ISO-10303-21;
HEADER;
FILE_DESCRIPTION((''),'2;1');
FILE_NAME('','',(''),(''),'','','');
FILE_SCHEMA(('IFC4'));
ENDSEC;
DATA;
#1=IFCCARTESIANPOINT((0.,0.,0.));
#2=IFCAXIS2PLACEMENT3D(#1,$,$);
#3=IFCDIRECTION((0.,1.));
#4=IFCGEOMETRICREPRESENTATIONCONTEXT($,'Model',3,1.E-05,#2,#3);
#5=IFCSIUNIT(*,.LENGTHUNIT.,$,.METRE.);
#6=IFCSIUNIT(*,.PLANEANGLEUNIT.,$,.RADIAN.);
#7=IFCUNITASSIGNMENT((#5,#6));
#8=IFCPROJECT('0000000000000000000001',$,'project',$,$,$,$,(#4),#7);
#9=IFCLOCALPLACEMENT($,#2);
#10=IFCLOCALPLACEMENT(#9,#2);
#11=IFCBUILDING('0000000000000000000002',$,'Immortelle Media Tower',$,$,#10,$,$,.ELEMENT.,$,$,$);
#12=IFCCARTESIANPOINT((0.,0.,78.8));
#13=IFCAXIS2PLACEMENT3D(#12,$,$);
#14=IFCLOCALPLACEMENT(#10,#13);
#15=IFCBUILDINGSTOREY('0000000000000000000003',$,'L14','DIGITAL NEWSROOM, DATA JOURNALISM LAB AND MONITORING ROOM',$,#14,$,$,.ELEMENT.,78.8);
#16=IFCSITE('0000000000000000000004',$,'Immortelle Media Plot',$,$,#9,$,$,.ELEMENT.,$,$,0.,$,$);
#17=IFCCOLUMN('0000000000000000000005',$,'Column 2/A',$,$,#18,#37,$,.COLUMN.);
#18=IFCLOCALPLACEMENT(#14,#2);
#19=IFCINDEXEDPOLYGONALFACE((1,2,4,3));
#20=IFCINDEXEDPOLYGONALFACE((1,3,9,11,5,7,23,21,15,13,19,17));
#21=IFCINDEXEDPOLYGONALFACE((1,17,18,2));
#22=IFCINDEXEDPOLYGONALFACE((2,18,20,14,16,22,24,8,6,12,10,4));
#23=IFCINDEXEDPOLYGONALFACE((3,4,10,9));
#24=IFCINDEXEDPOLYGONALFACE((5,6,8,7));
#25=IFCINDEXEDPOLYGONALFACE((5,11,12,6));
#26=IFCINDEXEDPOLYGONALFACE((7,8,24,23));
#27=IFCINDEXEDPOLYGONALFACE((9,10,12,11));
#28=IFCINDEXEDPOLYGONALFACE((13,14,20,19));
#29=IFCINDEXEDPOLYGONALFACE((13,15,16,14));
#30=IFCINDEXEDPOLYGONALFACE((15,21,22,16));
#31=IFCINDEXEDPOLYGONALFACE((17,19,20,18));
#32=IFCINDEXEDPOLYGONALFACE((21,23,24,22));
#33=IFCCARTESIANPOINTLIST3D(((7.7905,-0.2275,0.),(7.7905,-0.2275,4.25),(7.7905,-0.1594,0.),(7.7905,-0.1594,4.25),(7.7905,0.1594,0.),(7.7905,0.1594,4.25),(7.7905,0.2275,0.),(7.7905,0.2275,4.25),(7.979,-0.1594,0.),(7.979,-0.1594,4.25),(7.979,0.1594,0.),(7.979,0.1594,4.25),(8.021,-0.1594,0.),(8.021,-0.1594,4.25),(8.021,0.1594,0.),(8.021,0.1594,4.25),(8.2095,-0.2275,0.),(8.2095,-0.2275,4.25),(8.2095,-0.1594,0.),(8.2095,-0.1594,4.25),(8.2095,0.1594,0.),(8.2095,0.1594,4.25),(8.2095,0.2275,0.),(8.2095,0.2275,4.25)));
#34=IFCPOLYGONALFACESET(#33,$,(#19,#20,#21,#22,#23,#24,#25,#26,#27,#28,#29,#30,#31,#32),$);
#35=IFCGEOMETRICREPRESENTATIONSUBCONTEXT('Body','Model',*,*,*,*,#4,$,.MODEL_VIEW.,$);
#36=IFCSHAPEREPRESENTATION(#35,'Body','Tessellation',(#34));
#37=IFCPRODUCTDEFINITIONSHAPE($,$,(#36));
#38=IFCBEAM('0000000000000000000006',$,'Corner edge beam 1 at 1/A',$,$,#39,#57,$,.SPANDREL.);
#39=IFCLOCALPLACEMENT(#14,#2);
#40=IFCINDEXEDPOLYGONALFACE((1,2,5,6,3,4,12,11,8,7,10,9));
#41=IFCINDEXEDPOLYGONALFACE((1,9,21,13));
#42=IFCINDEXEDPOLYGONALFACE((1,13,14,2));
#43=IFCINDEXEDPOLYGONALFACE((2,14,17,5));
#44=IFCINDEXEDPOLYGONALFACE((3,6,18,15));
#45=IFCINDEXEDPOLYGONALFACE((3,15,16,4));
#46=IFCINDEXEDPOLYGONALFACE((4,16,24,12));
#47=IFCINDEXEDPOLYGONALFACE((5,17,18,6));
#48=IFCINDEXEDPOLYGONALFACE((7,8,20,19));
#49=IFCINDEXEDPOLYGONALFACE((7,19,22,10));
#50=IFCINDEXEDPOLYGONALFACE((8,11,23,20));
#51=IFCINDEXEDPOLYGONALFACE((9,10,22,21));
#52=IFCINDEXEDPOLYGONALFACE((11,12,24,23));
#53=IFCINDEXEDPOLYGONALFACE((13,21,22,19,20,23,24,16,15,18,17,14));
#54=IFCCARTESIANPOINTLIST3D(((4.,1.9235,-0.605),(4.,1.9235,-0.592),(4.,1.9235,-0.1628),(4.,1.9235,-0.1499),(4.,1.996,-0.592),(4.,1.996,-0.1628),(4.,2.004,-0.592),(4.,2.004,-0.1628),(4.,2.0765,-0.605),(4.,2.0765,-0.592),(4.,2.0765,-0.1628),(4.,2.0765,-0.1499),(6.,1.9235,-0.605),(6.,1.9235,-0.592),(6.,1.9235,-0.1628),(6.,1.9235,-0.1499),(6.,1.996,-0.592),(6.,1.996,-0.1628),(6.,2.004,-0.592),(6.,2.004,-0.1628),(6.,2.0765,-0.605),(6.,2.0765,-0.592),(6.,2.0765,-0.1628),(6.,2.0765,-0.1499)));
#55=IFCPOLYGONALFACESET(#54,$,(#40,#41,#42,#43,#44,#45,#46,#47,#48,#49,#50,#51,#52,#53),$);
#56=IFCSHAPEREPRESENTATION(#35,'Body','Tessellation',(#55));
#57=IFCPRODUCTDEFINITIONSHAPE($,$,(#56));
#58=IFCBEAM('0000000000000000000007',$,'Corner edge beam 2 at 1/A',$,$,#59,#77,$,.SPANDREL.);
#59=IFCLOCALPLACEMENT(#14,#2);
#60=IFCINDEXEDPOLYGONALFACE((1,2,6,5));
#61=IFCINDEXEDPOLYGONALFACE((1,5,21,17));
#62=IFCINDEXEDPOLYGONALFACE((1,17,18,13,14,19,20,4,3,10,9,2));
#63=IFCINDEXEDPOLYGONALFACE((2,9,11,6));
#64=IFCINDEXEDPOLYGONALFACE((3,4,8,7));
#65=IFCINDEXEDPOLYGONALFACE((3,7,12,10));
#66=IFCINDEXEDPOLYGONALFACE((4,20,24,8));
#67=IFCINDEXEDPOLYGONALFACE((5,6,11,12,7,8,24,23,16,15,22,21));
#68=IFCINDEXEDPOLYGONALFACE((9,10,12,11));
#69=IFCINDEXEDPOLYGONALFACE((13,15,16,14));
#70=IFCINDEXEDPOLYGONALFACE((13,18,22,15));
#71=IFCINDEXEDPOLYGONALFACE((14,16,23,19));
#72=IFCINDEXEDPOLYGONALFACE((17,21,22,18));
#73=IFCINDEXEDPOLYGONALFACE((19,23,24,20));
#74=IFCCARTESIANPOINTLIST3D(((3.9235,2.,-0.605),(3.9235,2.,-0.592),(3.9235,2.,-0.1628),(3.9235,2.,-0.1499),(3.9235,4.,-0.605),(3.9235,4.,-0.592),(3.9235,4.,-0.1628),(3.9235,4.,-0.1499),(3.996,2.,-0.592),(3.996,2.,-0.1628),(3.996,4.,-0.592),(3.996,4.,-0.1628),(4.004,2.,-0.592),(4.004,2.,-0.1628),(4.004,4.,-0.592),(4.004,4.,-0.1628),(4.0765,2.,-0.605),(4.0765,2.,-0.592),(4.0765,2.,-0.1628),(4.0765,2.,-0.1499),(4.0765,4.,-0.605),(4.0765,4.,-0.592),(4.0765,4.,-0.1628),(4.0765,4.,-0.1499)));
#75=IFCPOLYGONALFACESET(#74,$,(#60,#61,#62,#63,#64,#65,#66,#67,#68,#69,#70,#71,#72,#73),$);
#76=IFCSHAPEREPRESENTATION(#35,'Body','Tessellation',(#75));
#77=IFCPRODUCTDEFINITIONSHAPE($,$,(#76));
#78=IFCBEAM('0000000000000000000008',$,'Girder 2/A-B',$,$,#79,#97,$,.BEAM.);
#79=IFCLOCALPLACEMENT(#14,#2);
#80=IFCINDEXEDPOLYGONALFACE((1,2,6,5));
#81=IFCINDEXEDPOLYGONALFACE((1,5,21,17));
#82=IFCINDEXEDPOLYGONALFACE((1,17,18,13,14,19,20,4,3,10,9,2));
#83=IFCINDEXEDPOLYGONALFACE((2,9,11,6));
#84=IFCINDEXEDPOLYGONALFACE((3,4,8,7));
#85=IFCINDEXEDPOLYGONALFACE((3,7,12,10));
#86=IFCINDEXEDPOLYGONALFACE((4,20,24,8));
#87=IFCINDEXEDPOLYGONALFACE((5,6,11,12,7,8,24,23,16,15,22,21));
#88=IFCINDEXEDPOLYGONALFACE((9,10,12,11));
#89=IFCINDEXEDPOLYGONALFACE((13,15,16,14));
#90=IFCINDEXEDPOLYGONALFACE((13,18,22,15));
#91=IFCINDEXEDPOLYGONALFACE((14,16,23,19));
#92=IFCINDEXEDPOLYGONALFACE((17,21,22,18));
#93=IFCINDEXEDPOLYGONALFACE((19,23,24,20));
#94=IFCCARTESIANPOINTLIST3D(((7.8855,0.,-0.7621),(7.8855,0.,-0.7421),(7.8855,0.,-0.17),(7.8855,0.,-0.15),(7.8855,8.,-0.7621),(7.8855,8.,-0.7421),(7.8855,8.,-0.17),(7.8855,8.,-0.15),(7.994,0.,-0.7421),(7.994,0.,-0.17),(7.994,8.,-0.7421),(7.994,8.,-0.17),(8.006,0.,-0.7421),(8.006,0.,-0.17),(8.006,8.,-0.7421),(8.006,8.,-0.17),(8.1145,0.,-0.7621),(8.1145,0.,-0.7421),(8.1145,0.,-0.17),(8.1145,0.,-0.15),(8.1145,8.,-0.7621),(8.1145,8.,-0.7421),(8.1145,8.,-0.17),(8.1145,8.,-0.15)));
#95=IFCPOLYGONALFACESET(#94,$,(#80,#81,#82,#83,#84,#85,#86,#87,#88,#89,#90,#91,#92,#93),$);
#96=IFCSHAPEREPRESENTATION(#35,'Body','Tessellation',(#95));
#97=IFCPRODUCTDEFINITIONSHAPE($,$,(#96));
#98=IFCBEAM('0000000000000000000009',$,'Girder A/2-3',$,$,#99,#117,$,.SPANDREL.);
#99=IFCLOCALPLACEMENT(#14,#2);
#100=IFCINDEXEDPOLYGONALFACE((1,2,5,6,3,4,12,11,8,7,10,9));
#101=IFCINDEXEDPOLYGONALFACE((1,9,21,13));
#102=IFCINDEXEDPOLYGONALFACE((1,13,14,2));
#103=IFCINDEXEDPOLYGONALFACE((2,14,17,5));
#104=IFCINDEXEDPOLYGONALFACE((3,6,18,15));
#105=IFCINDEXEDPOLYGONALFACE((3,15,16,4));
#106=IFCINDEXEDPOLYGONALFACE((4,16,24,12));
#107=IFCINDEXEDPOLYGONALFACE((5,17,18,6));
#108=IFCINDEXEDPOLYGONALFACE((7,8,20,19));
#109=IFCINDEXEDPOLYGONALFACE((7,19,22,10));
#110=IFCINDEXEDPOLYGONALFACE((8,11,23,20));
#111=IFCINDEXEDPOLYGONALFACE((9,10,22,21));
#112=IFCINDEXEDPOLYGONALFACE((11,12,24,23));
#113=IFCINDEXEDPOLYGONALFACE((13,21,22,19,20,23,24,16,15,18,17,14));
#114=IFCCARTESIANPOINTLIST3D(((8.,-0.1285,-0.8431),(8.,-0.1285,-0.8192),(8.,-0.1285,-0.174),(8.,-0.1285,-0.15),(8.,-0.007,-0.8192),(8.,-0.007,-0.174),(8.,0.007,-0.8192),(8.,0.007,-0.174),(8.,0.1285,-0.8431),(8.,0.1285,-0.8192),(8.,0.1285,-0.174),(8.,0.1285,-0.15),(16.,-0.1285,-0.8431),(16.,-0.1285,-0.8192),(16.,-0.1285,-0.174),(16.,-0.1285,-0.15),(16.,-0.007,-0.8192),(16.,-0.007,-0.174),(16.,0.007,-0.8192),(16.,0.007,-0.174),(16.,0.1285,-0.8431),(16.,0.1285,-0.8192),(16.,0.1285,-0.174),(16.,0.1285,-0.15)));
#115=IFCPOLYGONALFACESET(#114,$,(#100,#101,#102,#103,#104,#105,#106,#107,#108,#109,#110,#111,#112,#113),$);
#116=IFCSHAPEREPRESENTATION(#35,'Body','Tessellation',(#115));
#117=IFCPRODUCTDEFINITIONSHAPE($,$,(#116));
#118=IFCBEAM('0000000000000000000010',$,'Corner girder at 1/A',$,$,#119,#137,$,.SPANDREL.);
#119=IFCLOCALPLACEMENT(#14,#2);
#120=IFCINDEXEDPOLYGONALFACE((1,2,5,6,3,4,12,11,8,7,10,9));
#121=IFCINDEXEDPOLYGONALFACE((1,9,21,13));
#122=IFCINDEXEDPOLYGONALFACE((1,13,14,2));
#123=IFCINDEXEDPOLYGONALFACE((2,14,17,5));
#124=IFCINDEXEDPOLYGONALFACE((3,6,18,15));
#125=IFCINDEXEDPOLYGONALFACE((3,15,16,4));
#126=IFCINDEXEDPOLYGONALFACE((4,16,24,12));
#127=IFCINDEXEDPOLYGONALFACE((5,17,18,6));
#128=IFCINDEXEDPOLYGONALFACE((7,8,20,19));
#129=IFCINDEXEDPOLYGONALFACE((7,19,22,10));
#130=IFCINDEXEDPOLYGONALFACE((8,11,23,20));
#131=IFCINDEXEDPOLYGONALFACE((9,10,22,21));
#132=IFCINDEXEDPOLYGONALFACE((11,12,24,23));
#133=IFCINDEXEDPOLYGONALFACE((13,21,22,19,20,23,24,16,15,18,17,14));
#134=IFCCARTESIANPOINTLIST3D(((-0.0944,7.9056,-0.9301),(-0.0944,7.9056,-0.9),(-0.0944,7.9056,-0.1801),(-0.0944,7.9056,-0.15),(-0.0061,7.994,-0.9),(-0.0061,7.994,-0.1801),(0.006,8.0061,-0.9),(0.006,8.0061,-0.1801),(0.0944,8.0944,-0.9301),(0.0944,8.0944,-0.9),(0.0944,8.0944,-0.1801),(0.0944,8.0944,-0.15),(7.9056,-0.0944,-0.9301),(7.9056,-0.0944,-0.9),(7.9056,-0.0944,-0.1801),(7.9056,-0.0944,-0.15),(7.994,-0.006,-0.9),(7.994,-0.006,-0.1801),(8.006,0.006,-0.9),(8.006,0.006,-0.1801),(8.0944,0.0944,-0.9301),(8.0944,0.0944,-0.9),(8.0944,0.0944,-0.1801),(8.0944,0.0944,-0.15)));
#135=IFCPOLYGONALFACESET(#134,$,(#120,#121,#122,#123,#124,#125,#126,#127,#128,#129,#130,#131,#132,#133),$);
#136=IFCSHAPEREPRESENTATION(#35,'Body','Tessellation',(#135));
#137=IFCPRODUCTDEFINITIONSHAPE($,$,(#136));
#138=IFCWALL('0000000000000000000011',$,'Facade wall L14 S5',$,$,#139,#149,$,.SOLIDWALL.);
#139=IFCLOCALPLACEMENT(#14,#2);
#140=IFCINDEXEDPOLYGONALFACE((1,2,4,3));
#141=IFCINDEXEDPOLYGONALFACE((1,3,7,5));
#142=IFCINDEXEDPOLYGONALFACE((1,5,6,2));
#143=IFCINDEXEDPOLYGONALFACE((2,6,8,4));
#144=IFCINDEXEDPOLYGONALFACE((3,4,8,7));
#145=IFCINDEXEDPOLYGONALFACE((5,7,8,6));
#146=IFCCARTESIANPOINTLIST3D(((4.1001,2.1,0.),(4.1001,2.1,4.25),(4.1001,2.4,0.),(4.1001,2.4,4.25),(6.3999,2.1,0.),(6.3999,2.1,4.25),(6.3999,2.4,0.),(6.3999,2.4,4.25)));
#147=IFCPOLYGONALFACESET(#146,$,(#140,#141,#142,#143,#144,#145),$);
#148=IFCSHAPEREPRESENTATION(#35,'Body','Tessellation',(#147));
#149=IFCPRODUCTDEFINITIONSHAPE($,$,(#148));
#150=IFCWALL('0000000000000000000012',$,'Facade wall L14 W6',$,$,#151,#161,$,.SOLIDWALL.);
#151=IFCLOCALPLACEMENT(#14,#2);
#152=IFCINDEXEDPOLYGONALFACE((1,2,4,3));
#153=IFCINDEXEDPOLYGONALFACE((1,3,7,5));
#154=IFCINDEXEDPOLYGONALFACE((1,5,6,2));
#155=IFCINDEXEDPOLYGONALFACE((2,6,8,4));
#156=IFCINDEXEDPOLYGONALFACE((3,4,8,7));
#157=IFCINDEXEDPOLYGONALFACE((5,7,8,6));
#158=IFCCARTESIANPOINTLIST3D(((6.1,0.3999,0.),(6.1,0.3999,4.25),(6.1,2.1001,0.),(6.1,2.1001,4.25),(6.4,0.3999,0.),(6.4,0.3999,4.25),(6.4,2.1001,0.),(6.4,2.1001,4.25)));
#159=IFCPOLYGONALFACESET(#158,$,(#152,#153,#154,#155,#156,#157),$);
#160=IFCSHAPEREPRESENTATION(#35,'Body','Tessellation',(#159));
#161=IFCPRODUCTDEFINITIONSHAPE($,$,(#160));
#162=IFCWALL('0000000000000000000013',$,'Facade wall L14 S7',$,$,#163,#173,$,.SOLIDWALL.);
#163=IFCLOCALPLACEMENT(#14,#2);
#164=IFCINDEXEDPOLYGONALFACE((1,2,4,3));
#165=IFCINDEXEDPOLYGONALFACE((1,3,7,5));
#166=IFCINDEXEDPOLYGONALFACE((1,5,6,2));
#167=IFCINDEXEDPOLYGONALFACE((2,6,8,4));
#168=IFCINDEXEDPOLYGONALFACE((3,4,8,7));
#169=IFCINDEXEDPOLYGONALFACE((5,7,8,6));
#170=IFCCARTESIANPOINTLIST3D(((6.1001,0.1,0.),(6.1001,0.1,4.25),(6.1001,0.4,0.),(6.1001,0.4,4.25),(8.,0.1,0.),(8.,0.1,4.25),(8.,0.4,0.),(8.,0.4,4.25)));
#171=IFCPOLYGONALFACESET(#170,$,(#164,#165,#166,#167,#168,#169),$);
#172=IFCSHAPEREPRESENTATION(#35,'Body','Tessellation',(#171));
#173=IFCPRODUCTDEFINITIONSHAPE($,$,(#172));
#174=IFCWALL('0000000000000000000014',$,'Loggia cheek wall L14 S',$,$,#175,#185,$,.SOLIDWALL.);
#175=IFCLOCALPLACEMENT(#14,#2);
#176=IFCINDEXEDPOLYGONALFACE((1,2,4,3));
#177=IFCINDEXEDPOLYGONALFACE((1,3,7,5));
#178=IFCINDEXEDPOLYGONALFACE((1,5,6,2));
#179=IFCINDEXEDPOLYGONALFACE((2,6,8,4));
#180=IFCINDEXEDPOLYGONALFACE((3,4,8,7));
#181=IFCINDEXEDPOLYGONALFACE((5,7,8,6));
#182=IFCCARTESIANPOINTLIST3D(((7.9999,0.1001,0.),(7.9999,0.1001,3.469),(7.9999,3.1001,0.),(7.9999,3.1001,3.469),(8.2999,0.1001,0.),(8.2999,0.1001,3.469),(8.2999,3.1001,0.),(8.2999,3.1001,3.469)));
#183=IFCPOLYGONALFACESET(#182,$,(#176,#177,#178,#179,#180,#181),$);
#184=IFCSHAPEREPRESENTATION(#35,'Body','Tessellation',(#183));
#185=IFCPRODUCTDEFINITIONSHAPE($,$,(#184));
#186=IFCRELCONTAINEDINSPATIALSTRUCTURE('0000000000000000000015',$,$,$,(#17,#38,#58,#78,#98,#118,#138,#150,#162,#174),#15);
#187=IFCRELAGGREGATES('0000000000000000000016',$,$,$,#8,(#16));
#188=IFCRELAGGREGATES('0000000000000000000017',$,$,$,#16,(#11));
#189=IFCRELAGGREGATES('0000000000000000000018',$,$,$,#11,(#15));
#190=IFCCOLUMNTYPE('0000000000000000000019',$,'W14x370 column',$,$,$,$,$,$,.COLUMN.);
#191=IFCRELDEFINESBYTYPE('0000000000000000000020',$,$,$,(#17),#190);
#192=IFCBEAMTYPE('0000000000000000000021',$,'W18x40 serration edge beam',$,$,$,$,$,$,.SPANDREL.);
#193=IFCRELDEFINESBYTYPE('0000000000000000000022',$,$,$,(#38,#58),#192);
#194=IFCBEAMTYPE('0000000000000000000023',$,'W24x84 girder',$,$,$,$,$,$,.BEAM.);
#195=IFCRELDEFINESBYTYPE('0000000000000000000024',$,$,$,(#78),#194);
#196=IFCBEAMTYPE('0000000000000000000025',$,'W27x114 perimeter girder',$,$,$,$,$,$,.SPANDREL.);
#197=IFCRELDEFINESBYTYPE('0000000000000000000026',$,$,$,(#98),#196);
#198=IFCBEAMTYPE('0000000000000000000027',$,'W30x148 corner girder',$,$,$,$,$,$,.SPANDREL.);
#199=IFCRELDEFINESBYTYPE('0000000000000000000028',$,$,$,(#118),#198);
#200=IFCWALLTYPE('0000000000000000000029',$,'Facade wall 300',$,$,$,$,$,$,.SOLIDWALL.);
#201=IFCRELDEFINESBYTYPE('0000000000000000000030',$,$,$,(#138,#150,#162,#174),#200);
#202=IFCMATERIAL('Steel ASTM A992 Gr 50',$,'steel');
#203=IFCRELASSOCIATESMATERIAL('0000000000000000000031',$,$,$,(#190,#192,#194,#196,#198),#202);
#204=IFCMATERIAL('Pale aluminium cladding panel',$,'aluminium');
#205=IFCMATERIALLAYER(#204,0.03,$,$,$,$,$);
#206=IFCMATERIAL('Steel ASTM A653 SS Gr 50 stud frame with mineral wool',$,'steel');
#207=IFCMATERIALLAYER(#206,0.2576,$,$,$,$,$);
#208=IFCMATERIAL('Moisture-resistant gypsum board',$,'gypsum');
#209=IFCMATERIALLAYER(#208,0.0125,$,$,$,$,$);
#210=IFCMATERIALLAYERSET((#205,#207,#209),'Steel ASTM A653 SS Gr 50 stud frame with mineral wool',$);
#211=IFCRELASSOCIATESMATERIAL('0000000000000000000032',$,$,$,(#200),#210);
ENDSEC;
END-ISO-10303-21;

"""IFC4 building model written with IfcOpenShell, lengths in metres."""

from ifc_helpers import new_model, si_unit, direction, frame, frame_2d, origin, origin_2d, place, context, subcontext, project, spatial, rectangle, i_section, extrude, material, layer, layer_set, material_profile, profile_set, type_object, element, save


model = new_model("IFC4")

# Units and contexts
model_context = context("Model", 3, precision=1e-05, world=origin(), true_north=direction((0.0, 1.0)))
body_context = subcontext(model_context, "Body", "Model", "MODEL_VIEW")
ifc_project = project(units=[si_unit("LENGTHUNIT", "METRE"), si_unit("PLANEANGLEUNIT", "RADIAN")], contexts=[model_context])

# Site, building, storey
site_placement = place(None, origin())
site = spatial("IfcSite", under=ifc_project, at=site_placement, Name="Immortelle Media Plot", CompositionType="ELEMENT", RefElevation=0.0)
building_placement = place(site_placement, origin())
building = spatial("IfcBuilding", under=site, at=building_placement, Name="Immortelle Media Tower", CompositionType="ELEMENT")
storey_placement = place(building_placement, frame((0.0, 0.0, 78.8)))
storey = spatial("IfcBuildingStorey", under=building, at=storey_placement, Name="L14", Description="DIGITAL NEWSROOM, DATA JOURNALISM LAB AND MONITORING ROOM", CompositionType="ELEMENT", Elevation=78.8)

# Column
ifc_material_1 = material(Name="Steel ASTM A992 Gr 50", Category="steel")
ifc_material_profile_1 = material_profile(ifc_material_1, i_section(OverallWidth=0.4189, OverallDepth=0.4551, WebThickness=0.042, FlangeThickness=0.0681, at=origin_2d()), Name="W14x370")
ifc_profile_set_1 = profile_set([ifc_material_profile_1], Name="Steel ASTM A992 Gr 50")
column_type = type_object("IfcColumnType", Name="W14x370 column", PredefinedType="COLUMN", material=ifc_profile_set_1)
column_placement = place(storey_placement, frame((8.0, 0.0, 0.0), z_axis=(0.0, 0.0, 1.0), x_axis=(1.0, 0.0, 0.0)))
element("IfcColumn", 1, at=column_placement, inside=storey, type_object=column_type, Name="Column 2/A", PredefinedType="COLUMN", context=body_context, shape_type="SweptSolid", body=[
    extrude(i_section(OverallWidth=0.4189, OverallDepth=0.4551, WebThickness=0.042, FlangeThickness=0.0681, at=origin_2d()), origin(), (0.0, 0.0, 1.0), 4.25),
])

# Beams
ifc_material_profile_2 = material_profile(ifc_material_1, i_section(OverallWidth=0.1531, OverallDepth=0.4551, WebThickness=0.0081, FlangeThickness=0.0129, at=origin_2d()), Name="W18x40")
ifc_profile_set_2 = profile_set([ifc_material_profile_2], Name="Steel ASTM A992 Gr 50")
beam_type_1 = type_object("IfcBeamType", Name="W18x40 serration edge beam", PredefinedType="SPANDREL", material=ifc_profile_set_2)
for number, where, z_axis, x_axis, name in (
    (2, (6.0, 2.0, -0.3774), (-1.0, 0.0, 0.0), (0.0, -1.0, 0.0), "Corner edge beam 1 at 1/A"),
    (3, (4.0, 2.0, -0.3774), (0.0, 1.0, 0.0), (-1.0, 0.0, 0.0), "Corner edge beam 2 at 1/A"),
):
    element("IfcBeam", number, at=place(storey_placement, frame(where, z_axis=z_axis, x_axis=x_axis)), inside=storey, type_object=beam_type_1, Name=name, PredefinedType="SPANDREL", context=body_context, shape_type="SweptSolid", body=[
        extrude(i_section(OverallWidth=0.1531, OverallDepth=0.4551, WebThickness=0.0081, FlangeThickness=0.0129, at=origin_2d()), origin(), (0.0, 0.0, 1.0), 2.0),
    ])
ifc_material_profile_3 = material_profile(ifc_material_1, i_section(OverallWidth=0.229, OverallDepth=0.6121, WebThickness=0.012, FlangeThickness=0.02, at=origin_2d()), Name="W24x84")
ifc_profile_set_3 = profile_set([ifc_material_profile_3], Name="Steel ASTM A992 Gr 50")
beam_type_2 = type_object("IfcBeamType", Name="W24x84 girder", PredefinedType="BEAM", material=ifc_profile_set_3)
beam_1_placement = place(storey_placement, frame((8.0, 0.0, -0.4561), z_axis=(0.0, 1.0, 0.0), x_axis=(-1.0, 0.0, 0.0)))
element("IfcBeam", 4, at=beam_1_placement, inside=storey, type_object=beam_type_2, Name="Girder 2/A-B", PredefinedType="BEAM", context=body_context, shape_type="SweptSolid", body=[
    extrude(i_section(OverallWidth=0.229, OverallDepth=0.6121, WebThickness=0.012, FlangeThickness=0.02, at=origin_2d()), origin(), (0.0, 0.0, 1.0), 8.0),
])
ifc_material_profile_4 = material_profile(ifc_material_1, i_section(OverallWidth=0.2571, OverallDepth=0.6931, WebThickness=0.0139, FlangeThickness=0.0239, at=origin_2d()), Name="W27x114")
ifc_profile_set_4 = profile_set([ifc_material_profile_4], Name="Steel ASTM A992 Gr 50")
beam_type_3 = type_object("IfcBeamType", Name="W27x114 perimeter girder", PredefinedType="SPANDREL", material=ifc_profile_set_4)
beam_2_placement = place(storey_placement, frame((8.0, 0.0, -0.4966), z_axis=(1.0, 0.0, 0.0), x_axis=(0.0, 1.0, 0.0)))
element("IfcBeam", 5, at=beam_2_placement, inside=storey, type_object=beam_type_3, Name="Girder A/2-3", PredefinedType="SPANDREL", context=body_context, shape_type="SweptSolid", body=[
    extrude(i_section(OverallWidth=0.2571, OverallDepth=0.6931, WebThickness=0.0139, FlangeThickness=0.0239, at=origin_2d()), origin(), (0.0, 0.0, 1.0), 8.0),
])
ifc_material_profile_5 = material_profile(ifc_material_1, i_section(OverallWidth=0.2671, OverallDepth=0.78, WebThickness=0.0171, FlangeThickness=0.03, at=origin_2d()), Name="W30x148")
ifc_profile_set_5 = profile_set([ifc_material_profile_5], Name="Steel ASTM A992 Gr 50")
beam_type_4 = type_object("IfcBeamType", Name="W30x148 corner girder", PredefinedType="SPANDREL", material=ifc_profile_set_5)
beam_3_placement = place(storey_placement, frame((8.0, 0.0, -0.54), z_axis=(-0.707107, 0.707107, 0.0), x_axis=(-0.707107, -0.707107, 0.0)))
element("IfcBeam", 6, at=beam_3_placement, inside=storey, type_object=beam_type_4, Name="Corner girder at 1/A", PredefinedType="SPANDREL", context=body_context, shape_type="SweptSolid", body=[
    extrude(i_section(OverallWidth=0.2671, OverallDepth=0.78, WebThickness=0.0171, FlangeThickness=0.03, at=origin_2d()), origin(), (0.0, 0.0, 1.0), 11.3137),
])

# Walls
ifc_material_2 = material(Name="Pale aluminium cladding panel", Category="aluminium")
ifc_layer_1 = layer(ifc_material_2, 0.03)
ifc_material_3 = material(Name="Steel ASTM A653 SS Gr 50 stud frame with mineral wool", Category="steel")
ifc_layer_2 = layer(ifc_material_3, 0.2576)
ifc_material_4 = material(Name="Moisture-resistant gypsum board", Category="gypsum")
ifc_layer_3 = layer(ifc_material_4, 0.0125)
ifc_layer_set_1 = layer_set([ifc_layer_1, ifc_layer_2, ifc_layer_3], Name="Steel ASTM A653 SS Gr 50 stud frame with mineral wool")
wall_type_1 = type_object("IfcWallType", Name="Facade wall 300", PredefinedType="SOLIDWALL", material=ifc_layer_set_1)
wall_1_placement = place(storey_placement, frame((4.1001, 2.25, 0.0), z_axis=(0.0, 0.0, 1.0), x_axis=(1.0, 0.0, 0.0)))
element("IfcWall", 7, at=wall_1_placement, inside=storey, type_object=wall_type_1, Name="Facade wall L14 S5", PredefinedType="SOLIDWALL", context=body_context, shape_type="SweptSolid", body=[
    extrude(rectangle(XDim=2.2998, YDim=0.3, at=frame_2d((1.1499, 0.0))), origin(), (0.0, 0.0, 1.0), 4.25),
])
wall_2_placement = place(storey_placement, frame((6.25, 2.1001, 0.0), z_axis=(0.0, 0.0, 1.0), x_axis=(0.0, -1.0, 0.0)))
element("IfcWall", 8, at=wall_2_placement, inside=storey, type_object=wall_type_1, Name="Facade wall L14 W6", PredefinedType="SOLIDWALL", context=body_context, shape_type="SweptSolid", body=[
    extrude(rectangle(XDim=1.7002, YDim=0.3, at=frame_2d((0.8501, 0.0))), origin(), (0.0, 0.0, 1.0), 4.25),
])
wall_3_placement = place(storey_placement, frame((6.1001, 0.25, 0.0), z_axis=(0.0, 0.0, 1.0), x_axis=(1.0, 0.0, 0.0)))
element("IfcWall", 9, at=wall_3_placement, inside=storey, type_object=wall_type_1, Name="Facade wall L14 S7", PredefinedType="SOLIDWALL", context=body_context, shape_type="SweptSolid", body=[
    extrude(rectangle(XDim=1.8999, YDim=0.3, at=frame_2d((0.95, 0.0))), origin(), (0.0, 0.0, 1.0), 4.25),
])

# Wall
wall_4_placement = place(storey_placement, frame((8.1499, 0.1001, 0.0), z_axis=(0.0, 0.0, 1.0), x_axis=(0.0, 1.0, 0.0)))
element("IfcWall", 10, at=wall_4_placement, inside=storey, type_object=wall_type_1, Name="Loggia cheek wall L14 S", PredefinedType="SOLIDWALL", context=body_context, shape_type="SweptSolid", body=[
    extrude(rectangle(XDim=3.0, YDim=0.3, at=frame_2d((1.5, 0.0))), origin(), (0.0, 0.0, 1.0), 3.469),
])

save(model, "model.ifc")
